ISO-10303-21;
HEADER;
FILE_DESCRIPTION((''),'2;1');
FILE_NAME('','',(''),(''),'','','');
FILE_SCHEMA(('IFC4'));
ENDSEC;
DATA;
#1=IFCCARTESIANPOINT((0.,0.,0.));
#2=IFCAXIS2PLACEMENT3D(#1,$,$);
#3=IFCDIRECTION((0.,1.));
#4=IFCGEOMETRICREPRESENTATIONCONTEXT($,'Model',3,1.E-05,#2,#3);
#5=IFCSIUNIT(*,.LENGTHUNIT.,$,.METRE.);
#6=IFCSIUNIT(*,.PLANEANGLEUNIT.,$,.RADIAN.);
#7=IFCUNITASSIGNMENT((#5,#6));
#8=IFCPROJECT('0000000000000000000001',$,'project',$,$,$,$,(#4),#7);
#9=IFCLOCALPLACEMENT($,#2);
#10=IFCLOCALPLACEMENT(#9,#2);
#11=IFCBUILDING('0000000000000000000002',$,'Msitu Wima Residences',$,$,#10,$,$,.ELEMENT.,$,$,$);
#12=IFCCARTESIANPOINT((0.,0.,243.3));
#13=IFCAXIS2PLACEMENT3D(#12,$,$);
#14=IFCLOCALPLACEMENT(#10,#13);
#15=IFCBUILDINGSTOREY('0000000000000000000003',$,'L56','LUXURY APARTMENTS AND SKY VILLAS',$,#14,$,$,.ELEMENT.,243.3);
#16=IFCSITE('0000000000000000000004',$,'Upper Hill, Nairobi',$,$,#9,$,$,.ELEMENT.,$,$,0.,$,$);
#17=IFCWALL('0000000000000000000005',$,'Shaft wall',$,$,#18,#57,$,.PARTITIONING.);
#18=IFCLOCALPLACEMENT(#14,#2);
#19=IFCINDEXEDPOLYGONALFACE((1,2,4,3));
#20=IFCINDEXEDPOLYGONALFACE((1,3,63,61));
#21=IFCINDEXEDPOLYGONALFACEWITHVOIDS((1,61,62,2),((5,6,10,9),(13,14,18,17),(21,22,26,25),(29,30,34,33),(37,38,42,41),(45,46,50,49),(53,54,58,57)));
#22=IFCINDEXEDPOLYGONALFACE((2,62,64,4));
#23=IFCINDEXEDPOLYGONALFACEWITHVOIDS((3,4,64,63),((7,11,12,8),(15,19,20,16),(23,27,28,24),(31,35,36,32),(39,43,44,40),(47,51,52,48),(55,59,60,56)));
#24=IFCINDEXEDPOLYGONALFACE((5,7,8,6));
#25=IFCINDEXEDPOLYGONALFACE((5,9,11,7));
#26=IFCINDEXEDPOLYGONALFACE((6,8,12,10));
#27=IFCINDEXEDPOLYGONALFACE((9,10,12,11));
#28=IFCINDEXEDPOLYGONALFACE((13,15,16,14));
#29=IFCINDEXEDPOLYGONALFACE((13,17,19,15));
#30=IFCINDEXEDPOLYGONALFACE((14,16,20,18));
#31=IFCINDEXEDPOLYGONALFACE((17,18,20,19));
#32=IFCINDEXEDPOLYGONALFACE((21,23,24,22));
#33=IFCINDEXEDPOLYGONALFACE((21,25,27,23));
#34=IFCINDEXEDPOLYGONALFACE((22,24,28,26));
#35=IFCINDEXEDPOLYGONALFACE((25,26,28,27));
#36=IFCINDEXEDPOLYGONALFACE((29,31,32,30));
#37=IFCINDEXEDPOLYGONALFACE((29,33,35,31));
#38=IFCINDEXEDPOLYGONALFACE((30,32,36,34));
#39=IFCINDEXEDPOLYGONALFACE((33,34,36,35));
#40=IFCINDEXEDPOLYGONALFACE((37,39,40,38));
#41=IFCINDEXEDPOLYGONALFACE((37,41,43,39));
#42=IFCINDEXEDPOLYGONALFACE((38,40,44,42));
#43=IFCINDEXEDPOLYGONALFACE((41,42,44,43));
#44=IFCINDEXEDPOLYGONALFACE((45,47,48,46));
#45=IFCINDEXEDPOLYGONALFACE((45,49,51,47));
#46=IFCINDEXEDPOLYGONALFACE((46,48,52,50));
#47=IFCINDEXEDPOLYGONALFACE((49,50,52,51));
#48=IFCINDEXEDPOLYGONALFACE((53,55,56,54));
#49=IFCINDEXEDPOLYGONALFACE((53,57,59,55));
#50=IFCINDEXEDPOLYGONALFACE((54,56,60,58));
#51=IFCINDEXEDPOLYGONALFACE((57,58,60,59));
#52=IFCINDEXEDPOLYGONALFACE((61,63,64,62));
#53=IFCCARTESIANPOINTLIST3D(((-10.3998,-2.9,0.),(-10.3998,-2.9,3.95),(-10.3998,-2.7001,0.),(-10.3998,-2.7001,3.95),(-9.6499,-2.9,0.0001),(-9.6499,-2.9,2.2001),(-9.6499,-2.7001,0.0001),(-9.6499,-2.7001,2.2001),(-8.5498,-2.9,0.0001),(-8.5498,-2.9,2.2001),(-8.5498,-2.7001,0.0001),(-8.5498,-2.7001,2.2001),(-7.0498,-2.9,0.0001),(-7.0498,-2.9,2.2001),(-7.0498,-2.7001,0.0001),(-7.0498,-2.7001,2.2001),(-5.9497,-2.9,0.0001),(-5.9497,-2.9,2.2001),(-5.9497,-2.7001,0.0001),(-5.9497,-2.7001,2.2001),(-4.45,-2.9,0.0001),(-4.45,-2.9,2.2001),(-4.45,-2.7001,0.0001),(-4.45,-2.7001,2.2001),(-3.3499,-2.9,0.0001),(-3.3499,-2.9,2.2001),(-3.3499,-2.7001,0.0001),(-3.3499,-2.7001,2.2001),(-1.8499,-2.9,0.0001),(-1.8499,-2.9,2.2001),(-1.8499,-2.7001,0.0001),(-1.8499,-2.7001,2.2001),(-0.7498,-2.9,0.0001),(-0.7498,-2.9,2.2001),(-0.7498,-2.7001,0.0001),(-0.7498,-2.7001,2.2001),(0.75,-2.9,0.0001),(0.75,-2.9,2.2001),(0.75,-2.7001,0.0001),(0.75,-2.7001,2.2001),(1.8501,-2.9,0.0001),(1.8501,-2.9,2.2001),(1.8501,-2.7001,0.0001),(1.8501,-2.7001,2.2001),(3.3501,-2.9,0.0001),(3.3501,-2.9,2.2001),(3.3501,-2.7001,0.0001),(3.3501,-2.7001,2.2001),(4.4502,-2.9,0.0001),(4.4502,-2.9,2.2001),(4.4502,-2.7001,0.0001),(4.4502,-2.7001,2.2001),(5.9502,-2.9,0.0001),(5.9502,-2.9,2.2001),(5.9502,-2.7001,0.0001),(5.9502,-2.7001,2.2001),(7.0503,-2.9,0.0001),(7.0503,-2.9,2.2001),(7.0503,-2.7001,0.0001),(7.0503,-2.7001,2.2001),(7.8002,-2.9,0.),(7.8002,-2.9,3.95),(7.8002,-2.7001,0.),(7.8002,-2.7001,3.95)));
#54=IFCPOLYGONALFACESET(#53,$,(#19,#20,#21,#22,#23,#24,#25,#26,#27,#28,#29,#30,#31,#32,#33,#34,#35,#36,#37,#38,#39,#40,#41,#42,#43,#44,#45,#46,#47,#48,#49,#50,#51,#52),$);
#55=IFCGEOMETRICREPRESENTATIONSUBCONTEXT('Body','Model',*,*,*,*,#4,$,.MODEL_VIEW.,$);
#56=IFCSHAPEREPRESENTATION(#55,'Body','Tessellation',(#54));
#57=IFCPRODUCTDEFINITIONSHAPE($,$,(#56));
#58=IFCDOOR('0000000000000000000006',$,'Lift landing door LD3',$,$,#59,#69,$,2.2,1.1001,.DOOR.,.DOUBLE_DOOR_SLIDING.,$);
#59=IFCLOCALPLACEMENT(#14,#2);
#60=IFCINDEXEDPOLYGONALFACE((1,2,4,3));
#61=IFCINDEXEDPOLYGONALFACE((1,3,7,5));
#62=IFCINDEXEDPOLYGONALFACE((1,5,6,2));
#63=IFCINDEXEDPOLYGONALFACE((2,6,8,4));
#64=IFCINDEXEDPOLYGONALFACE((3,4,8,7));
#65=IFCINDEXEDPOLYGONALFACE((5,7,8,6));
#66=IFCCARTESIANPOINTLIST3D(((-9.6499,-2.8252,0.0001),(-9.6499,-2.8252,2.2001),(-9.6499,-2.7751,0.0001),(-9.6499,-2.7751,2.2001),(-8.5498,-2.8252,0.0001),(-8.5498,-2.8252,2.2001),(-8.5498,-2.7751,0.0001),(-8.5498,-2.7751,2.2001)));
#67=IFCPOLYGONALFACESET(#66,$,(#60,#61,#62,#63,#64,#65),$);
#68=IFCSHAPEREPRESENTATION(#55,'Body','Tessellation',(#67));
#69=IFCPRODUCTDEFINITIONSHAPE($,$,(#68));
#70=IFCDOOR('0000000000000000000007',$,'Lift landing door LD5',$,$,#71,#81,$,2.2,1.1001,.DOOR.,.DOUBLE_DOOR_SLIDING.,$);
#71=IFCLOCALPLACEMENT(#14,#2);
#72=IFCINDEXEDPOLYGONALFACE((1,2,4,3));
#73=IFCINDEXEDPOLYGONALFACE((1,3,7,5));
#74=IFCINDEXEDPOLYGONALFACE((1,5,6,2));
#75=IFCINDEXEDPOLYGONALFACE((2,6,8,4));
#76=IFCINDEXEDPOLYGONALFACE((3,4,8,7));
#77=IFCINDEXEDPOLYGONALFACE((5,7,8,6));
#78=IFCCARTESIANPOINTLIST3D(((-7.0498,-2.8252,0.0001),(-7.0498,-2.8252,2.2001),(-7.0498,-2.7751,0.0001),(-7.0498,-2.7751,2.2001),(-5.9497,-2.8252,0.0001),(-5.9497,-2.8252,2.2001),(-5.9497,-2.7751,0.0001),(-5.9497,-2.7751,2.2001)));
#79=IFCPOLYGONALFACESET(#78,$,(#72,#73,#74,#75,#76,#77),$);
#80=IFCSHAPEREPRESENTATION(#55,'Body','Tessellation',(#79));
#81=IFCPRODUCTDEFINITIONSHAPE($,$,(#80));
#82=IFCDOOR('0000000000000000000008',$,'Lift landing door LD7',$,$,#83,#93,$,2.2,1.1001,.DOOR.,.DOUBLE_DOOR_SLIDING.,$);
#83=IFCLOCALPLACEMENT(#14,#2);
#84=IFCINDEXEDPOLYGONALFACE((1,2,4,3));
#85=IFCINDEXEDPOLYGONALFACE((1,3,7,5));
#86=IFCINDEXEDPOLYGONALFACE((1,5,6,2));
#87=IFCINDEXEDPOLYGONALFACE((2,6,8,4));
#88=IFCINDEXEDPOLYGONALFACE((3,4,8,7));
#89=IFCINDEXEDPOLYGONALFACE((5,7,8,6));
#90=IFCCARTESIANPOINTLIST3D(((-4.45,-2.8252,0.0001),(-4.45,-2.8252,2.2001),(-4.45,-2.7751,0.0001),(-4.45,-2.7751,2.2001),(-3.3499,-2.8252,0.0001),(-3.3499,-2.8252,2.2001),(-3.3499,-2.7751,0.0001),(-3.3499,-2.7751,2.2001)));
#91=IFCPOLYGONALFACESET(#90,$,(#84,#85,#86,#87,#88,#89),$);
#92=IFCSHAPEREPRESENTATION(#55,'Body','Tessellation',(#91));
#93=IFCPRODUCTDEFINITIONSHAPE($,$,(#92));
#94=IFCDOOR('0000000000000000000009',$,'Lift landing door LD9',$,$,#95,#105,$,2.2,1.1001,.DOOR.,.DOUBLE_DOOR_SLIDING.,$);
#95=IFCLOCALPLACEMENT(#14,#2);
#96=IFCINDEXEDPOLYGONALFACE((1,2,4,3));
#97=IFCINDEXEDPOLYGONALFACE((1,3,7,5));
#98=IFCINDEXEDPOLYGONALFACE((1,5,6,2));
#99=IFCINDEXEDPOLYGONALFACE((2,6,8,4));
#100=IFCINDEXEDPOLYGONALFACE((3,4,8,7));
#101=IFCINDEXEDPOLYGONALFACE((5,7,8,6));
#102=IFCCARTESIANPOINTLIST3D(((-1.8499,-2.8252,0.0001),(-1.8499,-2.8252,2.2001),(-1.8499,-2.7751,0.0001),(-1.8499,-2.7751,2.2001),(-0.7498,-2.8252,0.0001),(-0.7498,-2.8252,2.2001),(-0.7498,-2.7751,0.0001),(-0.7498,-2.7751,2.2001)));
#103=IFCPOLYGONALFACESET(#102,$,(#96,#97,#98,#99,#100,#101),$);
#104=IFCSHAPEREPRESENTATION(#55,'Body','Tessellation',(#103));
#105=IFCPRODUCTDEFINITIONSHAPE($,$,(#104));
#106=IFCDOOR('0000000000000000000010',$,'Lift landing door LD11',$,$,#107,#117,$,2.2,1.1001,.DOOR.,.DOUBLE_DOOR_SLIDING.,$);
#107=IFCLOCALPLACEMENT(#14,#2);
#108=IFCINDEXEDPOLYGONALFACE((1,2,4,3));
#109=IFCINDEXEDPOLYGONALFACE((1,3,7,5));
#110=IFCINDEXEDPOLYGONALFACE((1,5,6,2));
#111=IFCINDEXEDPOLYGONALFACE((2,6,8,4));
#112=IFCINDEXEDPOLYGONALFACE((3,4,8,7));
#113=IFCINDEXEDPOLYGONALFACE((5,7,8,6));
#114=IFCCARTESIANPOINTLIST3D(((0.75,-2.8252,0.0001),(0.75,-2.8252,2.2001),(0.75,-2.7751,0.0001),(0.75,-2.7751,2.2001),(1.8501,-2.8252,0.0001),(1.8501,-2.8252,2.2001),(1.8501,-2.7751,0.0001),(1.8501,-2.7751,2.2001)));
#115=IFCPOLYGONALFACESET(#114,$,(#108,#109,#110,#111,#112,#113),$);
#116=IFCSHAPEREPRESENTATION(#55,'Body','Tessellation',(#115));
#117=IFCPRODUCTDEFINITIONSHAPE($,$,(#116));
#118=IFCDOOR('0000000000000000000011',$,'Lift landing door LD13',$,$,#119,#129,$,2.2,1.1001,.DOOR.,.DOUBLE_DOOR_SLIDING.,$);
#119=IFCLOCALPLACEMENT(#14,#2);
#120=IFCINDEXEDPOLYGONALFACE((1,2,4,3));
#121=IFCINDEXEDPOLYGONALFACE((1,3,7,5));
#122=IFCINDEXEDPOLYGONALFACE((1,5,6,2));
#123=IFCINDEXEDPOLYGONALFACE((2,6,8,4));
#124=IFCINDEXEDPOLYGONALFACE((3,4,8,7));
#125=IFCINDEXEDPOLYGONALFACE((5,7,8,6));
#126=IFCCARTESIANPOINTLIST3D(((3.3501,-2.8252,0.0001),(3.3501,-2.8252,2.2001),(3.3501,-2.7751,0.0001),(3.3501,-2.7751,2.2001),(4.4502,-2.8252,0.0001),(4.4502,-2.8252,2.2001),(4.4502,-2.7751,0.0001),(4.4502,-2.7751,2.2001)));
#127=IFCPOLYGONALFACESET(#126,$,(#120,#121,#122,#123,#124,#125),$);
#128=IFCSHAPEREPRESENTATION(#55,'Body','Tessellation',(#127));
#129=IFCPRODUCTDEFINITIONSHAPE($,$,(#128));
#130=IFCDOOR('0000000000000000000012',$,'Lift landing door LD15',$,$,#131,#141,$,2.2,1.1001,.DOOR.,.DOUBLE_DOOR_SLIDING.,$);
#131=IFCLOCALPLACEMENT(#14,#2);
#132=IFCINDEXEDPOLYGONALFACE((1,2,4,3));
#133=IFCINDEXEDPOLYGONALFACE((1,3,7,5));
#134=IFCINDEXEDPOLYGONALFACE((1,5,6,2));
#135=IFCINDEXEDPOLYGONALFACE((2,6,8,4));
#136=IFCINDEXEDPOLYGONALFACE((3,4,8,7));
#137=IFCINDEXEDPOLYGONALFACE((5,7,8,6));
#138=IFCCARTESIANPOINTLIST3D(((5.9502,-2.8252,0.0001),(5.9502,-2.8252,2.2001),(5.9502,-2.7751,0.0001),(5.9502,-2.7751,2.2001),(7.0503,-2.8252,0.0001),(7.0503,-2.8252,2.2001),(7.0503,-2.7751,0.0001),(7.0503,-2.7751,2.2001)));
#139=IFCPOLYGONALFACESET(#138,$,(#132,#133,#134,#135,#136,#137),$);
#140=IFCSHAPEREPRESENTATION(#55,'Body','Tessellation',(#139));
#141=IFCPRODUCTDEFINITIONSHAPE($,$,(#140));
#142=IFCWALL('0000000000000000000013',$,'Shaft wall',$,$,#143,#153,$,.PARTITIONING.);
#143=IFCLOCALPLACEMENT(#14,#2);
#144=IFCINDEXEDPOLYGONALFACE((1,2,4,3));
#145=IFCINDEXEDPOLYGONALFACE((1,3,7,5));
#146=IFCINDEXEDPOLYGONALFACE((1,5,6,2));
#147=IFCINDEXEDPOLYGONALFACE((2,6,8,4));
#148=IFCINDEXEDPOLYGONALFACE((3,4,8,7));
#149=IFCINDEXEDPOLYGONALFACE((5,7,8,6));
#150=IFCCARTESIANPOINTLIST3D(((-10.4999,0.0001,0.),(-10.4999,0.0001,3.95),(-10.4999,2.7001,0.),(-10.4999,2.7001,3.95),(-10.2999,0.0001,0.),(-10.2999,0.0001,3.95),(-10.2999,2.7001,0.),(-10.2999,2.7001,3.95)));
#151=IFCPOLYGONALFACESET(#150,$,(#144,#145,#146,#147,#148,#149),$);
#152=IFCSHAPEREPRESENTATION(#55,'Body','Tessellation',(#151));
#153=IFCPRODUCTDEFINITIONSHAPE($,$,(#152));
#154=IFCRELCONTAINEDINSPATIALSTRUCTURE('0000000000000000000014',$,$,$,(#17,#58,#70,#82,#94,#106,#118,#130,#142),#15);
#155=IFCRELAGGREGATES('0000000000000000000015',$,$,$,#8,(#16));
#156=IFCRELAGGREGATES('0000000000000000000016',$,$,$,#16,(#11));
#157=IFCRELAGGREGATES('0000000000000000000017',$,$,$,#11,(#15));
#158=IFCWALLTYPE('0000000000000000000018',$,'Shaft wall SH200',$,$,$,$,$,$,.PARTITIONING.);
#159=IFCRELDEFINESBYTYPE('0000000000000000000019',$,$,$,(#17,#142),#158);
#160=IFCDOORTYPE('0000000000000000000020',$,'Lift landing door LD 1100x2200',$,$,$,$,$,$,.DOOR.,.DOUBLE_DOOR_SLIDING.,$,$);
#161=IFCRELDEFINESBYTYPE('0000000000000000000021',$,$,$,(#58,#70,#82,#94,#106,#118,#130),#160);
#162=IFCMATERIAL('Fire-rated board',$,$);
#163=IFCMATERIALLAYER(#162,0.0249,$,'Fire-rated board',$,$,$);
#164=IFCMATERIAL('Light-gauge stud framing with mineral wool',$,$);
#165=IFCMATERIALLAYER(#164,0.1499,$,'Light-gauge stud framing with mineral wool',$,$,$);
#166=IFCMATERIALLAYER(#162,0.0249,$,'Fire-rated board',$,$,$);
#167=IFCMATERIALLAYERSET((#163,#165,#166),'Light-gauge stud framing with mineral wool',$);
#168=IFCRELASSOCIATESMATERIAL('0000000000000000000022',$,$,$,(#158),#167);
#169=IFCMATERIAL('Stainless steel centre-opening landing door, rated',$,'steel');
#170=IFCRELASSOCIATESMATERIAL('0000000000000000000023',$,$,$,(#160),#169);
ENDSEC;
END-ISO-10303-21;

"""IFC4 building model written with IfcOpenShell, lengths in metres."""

from ifc_helpers import new_model, si_unit, direction, frame, frame_2d, origin, place, context, subcontext, project, spatial, rectangle, extrude, material, layer, layer_set, type_object, element, fill, save


model = new_model("IFC4")

# Units and contexts
model_context = context("Model", 3, precision=1e-05, world=origin(), true_north=direction((0.0, 1.0)))
body_context = subcontext(model_context, "Body", "Model", "MODEL_VIEW")
ifc_project = project(units=[si_unit("LENGTHUNIT", "METRE"), si_unit("PLANEANGLEUNIT", "RADIAN")], contexts=[model_context])

# Site, building, storey
site_placement = place(None, origin())
site = spatial("IfcSite", under=ifc_project, at=site_placement, Name="Upper Hill, Nairobi", CompositionType="ELEMENT", RefElevation=0.0)
building_placement = place(site_placement, origin())
building = spatial("IfcBuilding", under=site, at=building_placement, Name="Msitu Wima Residences", CompositionType="ELEMENT")
storey_placement = place(building_placement, frame((0.0, 0.0, 243.3)))
storey = spatial("IfcBuildingStorey", under=building, at=storey_placement, Name="L56", Description="LUXURY APARTMENTS AND SKY VILLAS", CompositionType="ELEMENT", Elevation=243.3)

# Shared definitions
ifc_material_1 = material(Name="Fire-rated board")
ifc_layer_1 = layer(ifc_material_1, 0.0249, Name="Fire-rated board")
ifc_material_2 = material(Name="Light-gauge stud framing with mineral wool")
ifc_layer_2 = layer(ifc_material_2, 0.1499, Name="Light-gauge stud framing with mineral wool")
ifc_layer_3 = layer(ifc_material_1, 0.0249, Name="Fire-rated board")
ifc_layer_set_1 = layer_set([ifc_layer_1, ifc_layer_2, ifc_layer_3], Name="Light-gauge stud framing with mineral wool")
wall_type_1 = type_object("IfcWallType", Name="Shaft wall SH200", PredefinedType="PARTITIONING", material=ifc_layer_set_1)

# Wall, openings, doors
wall_1_placement = place(storey_placement, frame((-10.3999, -2.8, 0.0), z_axis=(0.0, 0.0, 1.0), x_axis=(1.0, 0.0, 0.0)))
wall_1 = element("IfcWall", 1, at=wall_1_placement, inside=storey, type_object=wall_type_1, Name="Shaft wall", PredefinedType="PARTITIONING", context=body_context, shape_type="SweptSolid", body=[
    extrude(rectangle(XDim=18.2, YDim=0.2, at=frame_2d((9.1001, 0.0))), origin(), (0.0, 0.0, 1.0), 3.95),
])
opening_1_placement = place(wall_1_placement, frame((0.75, 0.0, 0.0)))
opening_1 = element("IfcOpeningElement", 2, at=opening_1_placement, cuts=wall_1, PredefinedType="OPENING", context=body_context, shape_type="SweptSolid", body=[
    extrude(rectangle(XDim=1.1001, YDim=2.2, at=frame_2d((0.55, 1.1001))), frame((0.0, 0.1099, 0.0), z_axis=(0.0, -1.0, 0.0), x_axis=(1.0, 0.0, 0.0)), (0.0, 0.0, 1.0), 0.22),
])
opening_2_placement = place(wall_1_placement, frame((3.3501, 0.0, 0.0)))
opening_2 = element("IfcOpeningElement", 3, at=opening_2_placement, cuts=wall_1, PredefinedType="OPENING", context=body_context, shape_type="SweptSolid", body=[
    extrude(rectangle(XDim=1.1001, YDim=2.2, at=frame_2d((0.55, 1.1001))), frame((0.0, 0.1099, 0.0), z_axis=(0.0, -1.0, 0.0), x_axis=(1.0, 0.0, 0.0)), (0.0, 0.0, 1.0), 0.22),
])
opening_3_placement = place(wall_1_placement, frame((5.95, 0.0, 0.0)))
opening_3 = element("IfcOpeningElement", 4, at=opening_3_placement, cuts=wall_1, PredefinedType="OPENING", context=body_context, shape_type="SweptSolid", body=[
    extrude(rectangle(XDim=1.1001, YDim=2.2, at=frame_2d((0.55, 1.1001))), frame((0.0, 0.1099, 0.0), z_axis=(0.0, -1.0, 0.0), x_axis=(1.0, 0.0, 0.0)), (0.0, 0.0, 1.0), 0.22),
])
opening_4_placement = place(wall_1_placement, frame((8.55, 0.0, 0.0)))
opening_4 = element("IfcOpeningElement", 5, at=opening_4_placement, cuts=wall_1, PredefinedType="OPENING", context=body_context, shape_type="SweptSolid", body=[
    extrude(rectangle(XDim=1.1001, YDim=2.2, at=frame_2d((0.55, 1.1001))), frame((0.0, 0.1099, 0.0), z_axis=(0.0, -1.0, 0.0), x_axis=(1.0, 0.0, 0.0)), (0.0, 0.0, 1.0), 0.22),
])
opening_5_placement = place(wall_1_placement, frame((11.1499, 0.0, 0.0)))
opening_5 = element("IfcOpeningElement", 6, at=opening_5_placement, cuts=wall_1, PredefinedType="OPENING", context=body_context, shape_type="SweptSolid", body=[
    extrude(rectangle(XDim=1.1001, YDim=2.2, at=frame_2d((0.55, 1.1001))), frame((0.0, 0.1099, 0.0), z_axis=(0.0, -1.0, 0.0), x_axis=(1.0, 0.0, 0.0)), (0.0, 0.0, 1.0), 0.22),
])
opening_6_placement = place(wall_1_placement, frame((13.75, 0.0, 0.0)))
opening_6 = element("IfcOpeningElement", 7, at=opening_6_placement, cuts=wall_1, PredefinedType="OPENING", context=body_context, shape_type="SweptSolid", body=[
    extrude(rectangle(XDim=1.1001, YDim=2.2, at=frame_2d((0.55, 1.1001))), frame((0.0, 0.1099, 0.0), z_axis=(0.0, -1.0, 0.0), x_axis=(1.0, 0.0, 0.0)), (0.0, 0.0, 1.0), 0.22),
])
opening_7_placement = place(wall_1_placement, frame((16.3501, 0.0, 0.0)))
opening_7 = element("IfcOpeningElement", 8, at=opening_7_placement, cuts=wall_1, PredefinedType="OPENING", context=body_context, shape_type="SweptSolid", body=[
    extrude(rectangle(XDim=1.1001, YDim=2.2, at=frame_2d((0.55, 1.1001))), frame((0.0, 0.1099, 0.0), z_axis=(0.0, -1.0, 0.0), x_axis=(1.0, 0.0, 0.0)), (0.0, 0.0, 1.0), 0.22),
])
ifc_material_3 = material(Name="Stainless steel centre-opening landing door, rated", Category="steel")
door_type_1 = type_object("IfcDoorType", Name="Lift landing door LD 1100x2200", OperationType="DOUBLE_DOOR_SLIDING", PredefinedType="DOOR", material=ifc_material_3)
door_1_placement = place(opening_1_placement, origin())
door_1 = element("IfcDoor", 9, at=door_1_placement, inside=storey, type_object=door_type_1, Name="Lift landing door LD3", OperationType="DOUBLE_DOOR_SLIDING", OverallHeight=2.2, OverallWidth=1.1001, PredefinedType="DOOR", context=body_context, shape_type="SweptSolid", body=[
    extrude(rectangle(XDim=1.1001, YDim=2.2, at=frame_2d((0.55, 1.1001))), frame((0.0, 0.0249, 0.0), z_axis=(0.0, -1.0, 0.0), x_axis=(1.0, 0.0, 0.0)), (0.0, 0.0, 1.0), 0.05),
])
fill(opening_1, door_1)
door_2_placement = place(opening_2_placement, origin())
door_2 = element("IfcDoor", 10, at=door_2_placement, inside=storey, type_object=door_type_1, Name="Lift landing door LD5", OperationType="DOUBLE_DOOR_SLIDING", OverallHeight=2.2, OverallWidth=1.1001, PredefinedType="DOOR", context=body_context, shape_type="SweptSolid", body=[
    extrude(rectangle(XDim=1.1001, YDim=2.2, at=frame_2d((0.55, 1.1001))), frame((0.0, 0.0249, 0.0), z_axis=(0.0, -1.0, 0.0), x_axis=(1.0, 0.0, 0.0)), (0.0, 0.0, 1.0), 0.05),
])
fill(opening_2, door_2)
door_3_placement = place(opening_3_placement, origin())
door_3 = element("IfcDoor", 11, at=door_3_placement, inside=storey, type_object=door_type_1, Name="Lift landing door LD7", OperationType="DOUBLE_DOOR_SLIDING", OverallHeight=2.2, OverallWidth=1.1001, PredefinedType="DOOR", context=body_context, shape_type="SweptSolid", body=[
    extrude(rectangle(XDim=1.1001, YDim=2.2, at=frame_2d((0.55, 1.1001))), frame((0.0, 0.0249, 0.0), z_axis=(0.0, -1.0, 0.0), x_axis=(1.0, 0.0, 0.0)), (0.0, 0.0, 1.0), 0.05),
])
fill(opening_3, door_3)
door_4_placement = place(opening_4_placement, origin())
door_4 = element("IfcDoor", 12, at=door_4_placement, inside=storey, type_object=door_type_1, Name="Lift landing door LD9", OperationType="DOUBLE_DOOR_SLIDING", OverallHeight=2.2, OverallWidth=1.1001, PredefinedType="DOOR", context=body_context, shape_type="SweptSolid", body=[
    extrude(rectangle(XDim=1.1001, YDim=2.2, at=frame_2d((0.55, 1.1001))), frame((0.0, 0.0249, 0.0), z_axis=(0.0, -1.0, 0.0), x_axis=(1.0, 0.0, 0.0)), (0.0, 0.0, 1.0), 0.05),
])
fill(opening_4, door_4)
door_5_placement = place(opening_5_placement, origin())
door_5 = element("IfcDoor", 13, at=door_5_placement, inside=storey, type_object=door_type_1, Name="Lift landing door LD11", OperationType="DOUBLE_DOOR_SLIDING", OverallHeight=2.2, OverallWidth=1.1001, PredefinedType="DOOR", context=body_context, shape_type="SweptSolid", body=[
    extrude(rectangle(XDim=1.1001, YDim=2.2, at=frame_2d((0.55, 1.1001))), frame((0.0, 0.0249, 0.0), z_axis=(0.0, -1.0, 0.0), x_axis=(1.0, 0.0, 0.0)), (0.0, 0.0, 1.0), 0.05),
])
fill(opening_5, door_5)
door_6_placement = place(opening_6_placement, origin())
door_6 = element("IfcDoor", 14, at=door_6_placement, inside=storey, type_object=door_type_1, Name="Lift landing door LD13", OperationType="DOUBLE_DOOR_SLIDING", OverallHeight=2.2, OverallWidth=1.1001, PredefinedType="DOOR", context=body_context, shape_type="SweptSolid", body=[
    extrude(rectangle(XDim=1.1001, YDim=2.2, at=frame_2d((0.55, 1.1001))), frame((0.0, 0.0249, 0.0), z_axis=(0.0, -1.0, 0.0), x_axis=(1.0, 0.0, 0.0)), (0.0, 0.0, 1.0), 0.05),
])
fill(opening_6, door_6)
door_7_placement = place(opening_7_placement, origin())
door_7 = element("IfcDoor", 15, at=door_7_placement, inside=storey, type_object=door_type_1, Name="Lift landing door LD15", OperationType="DOUBLE_DOOR_SLIDING", OverallHeight=2.2, OverallWidth=1.1001, PredefinedType="DOOR", context=body_context, shape_type="SweptSolid", body=[
    extrude(rectangle(XDim=1.1001, YDim=2.2, at=frame_2d((0.55, 1.1001))), frame((0.0, 0.0249, 0.0), z_axis=(0.0, -1.0, 0.0), x_axis=(1.0, 0.0, 0.0)), (0.0, 0.0, 1.0), 0.05),
])
fill(opening_7, door_7)

# Wall
wall_2_placement = place(storey_placement, frame((-10.3999, 0.0, 0.0), z_axis=(0.0, 0.0, 1.0), x_axis=(0.0, 1.0, 0.0)))
element("IfcWall", 16, at=wall_2_placement, inside=storey, type_object=wall_type_1, Name="Shaft wall", PredefinedType="PARTITIONING", context=body_context, shape_type="SweptSolid", body=[
    extrude(rectangle(XDim=2.7, YDim=0.2, at=frame_2d((1.3501, 0.0))), origin(), (0.0, 0.0, 1.0), 3.95),
])

save(model, "model.ifc")
